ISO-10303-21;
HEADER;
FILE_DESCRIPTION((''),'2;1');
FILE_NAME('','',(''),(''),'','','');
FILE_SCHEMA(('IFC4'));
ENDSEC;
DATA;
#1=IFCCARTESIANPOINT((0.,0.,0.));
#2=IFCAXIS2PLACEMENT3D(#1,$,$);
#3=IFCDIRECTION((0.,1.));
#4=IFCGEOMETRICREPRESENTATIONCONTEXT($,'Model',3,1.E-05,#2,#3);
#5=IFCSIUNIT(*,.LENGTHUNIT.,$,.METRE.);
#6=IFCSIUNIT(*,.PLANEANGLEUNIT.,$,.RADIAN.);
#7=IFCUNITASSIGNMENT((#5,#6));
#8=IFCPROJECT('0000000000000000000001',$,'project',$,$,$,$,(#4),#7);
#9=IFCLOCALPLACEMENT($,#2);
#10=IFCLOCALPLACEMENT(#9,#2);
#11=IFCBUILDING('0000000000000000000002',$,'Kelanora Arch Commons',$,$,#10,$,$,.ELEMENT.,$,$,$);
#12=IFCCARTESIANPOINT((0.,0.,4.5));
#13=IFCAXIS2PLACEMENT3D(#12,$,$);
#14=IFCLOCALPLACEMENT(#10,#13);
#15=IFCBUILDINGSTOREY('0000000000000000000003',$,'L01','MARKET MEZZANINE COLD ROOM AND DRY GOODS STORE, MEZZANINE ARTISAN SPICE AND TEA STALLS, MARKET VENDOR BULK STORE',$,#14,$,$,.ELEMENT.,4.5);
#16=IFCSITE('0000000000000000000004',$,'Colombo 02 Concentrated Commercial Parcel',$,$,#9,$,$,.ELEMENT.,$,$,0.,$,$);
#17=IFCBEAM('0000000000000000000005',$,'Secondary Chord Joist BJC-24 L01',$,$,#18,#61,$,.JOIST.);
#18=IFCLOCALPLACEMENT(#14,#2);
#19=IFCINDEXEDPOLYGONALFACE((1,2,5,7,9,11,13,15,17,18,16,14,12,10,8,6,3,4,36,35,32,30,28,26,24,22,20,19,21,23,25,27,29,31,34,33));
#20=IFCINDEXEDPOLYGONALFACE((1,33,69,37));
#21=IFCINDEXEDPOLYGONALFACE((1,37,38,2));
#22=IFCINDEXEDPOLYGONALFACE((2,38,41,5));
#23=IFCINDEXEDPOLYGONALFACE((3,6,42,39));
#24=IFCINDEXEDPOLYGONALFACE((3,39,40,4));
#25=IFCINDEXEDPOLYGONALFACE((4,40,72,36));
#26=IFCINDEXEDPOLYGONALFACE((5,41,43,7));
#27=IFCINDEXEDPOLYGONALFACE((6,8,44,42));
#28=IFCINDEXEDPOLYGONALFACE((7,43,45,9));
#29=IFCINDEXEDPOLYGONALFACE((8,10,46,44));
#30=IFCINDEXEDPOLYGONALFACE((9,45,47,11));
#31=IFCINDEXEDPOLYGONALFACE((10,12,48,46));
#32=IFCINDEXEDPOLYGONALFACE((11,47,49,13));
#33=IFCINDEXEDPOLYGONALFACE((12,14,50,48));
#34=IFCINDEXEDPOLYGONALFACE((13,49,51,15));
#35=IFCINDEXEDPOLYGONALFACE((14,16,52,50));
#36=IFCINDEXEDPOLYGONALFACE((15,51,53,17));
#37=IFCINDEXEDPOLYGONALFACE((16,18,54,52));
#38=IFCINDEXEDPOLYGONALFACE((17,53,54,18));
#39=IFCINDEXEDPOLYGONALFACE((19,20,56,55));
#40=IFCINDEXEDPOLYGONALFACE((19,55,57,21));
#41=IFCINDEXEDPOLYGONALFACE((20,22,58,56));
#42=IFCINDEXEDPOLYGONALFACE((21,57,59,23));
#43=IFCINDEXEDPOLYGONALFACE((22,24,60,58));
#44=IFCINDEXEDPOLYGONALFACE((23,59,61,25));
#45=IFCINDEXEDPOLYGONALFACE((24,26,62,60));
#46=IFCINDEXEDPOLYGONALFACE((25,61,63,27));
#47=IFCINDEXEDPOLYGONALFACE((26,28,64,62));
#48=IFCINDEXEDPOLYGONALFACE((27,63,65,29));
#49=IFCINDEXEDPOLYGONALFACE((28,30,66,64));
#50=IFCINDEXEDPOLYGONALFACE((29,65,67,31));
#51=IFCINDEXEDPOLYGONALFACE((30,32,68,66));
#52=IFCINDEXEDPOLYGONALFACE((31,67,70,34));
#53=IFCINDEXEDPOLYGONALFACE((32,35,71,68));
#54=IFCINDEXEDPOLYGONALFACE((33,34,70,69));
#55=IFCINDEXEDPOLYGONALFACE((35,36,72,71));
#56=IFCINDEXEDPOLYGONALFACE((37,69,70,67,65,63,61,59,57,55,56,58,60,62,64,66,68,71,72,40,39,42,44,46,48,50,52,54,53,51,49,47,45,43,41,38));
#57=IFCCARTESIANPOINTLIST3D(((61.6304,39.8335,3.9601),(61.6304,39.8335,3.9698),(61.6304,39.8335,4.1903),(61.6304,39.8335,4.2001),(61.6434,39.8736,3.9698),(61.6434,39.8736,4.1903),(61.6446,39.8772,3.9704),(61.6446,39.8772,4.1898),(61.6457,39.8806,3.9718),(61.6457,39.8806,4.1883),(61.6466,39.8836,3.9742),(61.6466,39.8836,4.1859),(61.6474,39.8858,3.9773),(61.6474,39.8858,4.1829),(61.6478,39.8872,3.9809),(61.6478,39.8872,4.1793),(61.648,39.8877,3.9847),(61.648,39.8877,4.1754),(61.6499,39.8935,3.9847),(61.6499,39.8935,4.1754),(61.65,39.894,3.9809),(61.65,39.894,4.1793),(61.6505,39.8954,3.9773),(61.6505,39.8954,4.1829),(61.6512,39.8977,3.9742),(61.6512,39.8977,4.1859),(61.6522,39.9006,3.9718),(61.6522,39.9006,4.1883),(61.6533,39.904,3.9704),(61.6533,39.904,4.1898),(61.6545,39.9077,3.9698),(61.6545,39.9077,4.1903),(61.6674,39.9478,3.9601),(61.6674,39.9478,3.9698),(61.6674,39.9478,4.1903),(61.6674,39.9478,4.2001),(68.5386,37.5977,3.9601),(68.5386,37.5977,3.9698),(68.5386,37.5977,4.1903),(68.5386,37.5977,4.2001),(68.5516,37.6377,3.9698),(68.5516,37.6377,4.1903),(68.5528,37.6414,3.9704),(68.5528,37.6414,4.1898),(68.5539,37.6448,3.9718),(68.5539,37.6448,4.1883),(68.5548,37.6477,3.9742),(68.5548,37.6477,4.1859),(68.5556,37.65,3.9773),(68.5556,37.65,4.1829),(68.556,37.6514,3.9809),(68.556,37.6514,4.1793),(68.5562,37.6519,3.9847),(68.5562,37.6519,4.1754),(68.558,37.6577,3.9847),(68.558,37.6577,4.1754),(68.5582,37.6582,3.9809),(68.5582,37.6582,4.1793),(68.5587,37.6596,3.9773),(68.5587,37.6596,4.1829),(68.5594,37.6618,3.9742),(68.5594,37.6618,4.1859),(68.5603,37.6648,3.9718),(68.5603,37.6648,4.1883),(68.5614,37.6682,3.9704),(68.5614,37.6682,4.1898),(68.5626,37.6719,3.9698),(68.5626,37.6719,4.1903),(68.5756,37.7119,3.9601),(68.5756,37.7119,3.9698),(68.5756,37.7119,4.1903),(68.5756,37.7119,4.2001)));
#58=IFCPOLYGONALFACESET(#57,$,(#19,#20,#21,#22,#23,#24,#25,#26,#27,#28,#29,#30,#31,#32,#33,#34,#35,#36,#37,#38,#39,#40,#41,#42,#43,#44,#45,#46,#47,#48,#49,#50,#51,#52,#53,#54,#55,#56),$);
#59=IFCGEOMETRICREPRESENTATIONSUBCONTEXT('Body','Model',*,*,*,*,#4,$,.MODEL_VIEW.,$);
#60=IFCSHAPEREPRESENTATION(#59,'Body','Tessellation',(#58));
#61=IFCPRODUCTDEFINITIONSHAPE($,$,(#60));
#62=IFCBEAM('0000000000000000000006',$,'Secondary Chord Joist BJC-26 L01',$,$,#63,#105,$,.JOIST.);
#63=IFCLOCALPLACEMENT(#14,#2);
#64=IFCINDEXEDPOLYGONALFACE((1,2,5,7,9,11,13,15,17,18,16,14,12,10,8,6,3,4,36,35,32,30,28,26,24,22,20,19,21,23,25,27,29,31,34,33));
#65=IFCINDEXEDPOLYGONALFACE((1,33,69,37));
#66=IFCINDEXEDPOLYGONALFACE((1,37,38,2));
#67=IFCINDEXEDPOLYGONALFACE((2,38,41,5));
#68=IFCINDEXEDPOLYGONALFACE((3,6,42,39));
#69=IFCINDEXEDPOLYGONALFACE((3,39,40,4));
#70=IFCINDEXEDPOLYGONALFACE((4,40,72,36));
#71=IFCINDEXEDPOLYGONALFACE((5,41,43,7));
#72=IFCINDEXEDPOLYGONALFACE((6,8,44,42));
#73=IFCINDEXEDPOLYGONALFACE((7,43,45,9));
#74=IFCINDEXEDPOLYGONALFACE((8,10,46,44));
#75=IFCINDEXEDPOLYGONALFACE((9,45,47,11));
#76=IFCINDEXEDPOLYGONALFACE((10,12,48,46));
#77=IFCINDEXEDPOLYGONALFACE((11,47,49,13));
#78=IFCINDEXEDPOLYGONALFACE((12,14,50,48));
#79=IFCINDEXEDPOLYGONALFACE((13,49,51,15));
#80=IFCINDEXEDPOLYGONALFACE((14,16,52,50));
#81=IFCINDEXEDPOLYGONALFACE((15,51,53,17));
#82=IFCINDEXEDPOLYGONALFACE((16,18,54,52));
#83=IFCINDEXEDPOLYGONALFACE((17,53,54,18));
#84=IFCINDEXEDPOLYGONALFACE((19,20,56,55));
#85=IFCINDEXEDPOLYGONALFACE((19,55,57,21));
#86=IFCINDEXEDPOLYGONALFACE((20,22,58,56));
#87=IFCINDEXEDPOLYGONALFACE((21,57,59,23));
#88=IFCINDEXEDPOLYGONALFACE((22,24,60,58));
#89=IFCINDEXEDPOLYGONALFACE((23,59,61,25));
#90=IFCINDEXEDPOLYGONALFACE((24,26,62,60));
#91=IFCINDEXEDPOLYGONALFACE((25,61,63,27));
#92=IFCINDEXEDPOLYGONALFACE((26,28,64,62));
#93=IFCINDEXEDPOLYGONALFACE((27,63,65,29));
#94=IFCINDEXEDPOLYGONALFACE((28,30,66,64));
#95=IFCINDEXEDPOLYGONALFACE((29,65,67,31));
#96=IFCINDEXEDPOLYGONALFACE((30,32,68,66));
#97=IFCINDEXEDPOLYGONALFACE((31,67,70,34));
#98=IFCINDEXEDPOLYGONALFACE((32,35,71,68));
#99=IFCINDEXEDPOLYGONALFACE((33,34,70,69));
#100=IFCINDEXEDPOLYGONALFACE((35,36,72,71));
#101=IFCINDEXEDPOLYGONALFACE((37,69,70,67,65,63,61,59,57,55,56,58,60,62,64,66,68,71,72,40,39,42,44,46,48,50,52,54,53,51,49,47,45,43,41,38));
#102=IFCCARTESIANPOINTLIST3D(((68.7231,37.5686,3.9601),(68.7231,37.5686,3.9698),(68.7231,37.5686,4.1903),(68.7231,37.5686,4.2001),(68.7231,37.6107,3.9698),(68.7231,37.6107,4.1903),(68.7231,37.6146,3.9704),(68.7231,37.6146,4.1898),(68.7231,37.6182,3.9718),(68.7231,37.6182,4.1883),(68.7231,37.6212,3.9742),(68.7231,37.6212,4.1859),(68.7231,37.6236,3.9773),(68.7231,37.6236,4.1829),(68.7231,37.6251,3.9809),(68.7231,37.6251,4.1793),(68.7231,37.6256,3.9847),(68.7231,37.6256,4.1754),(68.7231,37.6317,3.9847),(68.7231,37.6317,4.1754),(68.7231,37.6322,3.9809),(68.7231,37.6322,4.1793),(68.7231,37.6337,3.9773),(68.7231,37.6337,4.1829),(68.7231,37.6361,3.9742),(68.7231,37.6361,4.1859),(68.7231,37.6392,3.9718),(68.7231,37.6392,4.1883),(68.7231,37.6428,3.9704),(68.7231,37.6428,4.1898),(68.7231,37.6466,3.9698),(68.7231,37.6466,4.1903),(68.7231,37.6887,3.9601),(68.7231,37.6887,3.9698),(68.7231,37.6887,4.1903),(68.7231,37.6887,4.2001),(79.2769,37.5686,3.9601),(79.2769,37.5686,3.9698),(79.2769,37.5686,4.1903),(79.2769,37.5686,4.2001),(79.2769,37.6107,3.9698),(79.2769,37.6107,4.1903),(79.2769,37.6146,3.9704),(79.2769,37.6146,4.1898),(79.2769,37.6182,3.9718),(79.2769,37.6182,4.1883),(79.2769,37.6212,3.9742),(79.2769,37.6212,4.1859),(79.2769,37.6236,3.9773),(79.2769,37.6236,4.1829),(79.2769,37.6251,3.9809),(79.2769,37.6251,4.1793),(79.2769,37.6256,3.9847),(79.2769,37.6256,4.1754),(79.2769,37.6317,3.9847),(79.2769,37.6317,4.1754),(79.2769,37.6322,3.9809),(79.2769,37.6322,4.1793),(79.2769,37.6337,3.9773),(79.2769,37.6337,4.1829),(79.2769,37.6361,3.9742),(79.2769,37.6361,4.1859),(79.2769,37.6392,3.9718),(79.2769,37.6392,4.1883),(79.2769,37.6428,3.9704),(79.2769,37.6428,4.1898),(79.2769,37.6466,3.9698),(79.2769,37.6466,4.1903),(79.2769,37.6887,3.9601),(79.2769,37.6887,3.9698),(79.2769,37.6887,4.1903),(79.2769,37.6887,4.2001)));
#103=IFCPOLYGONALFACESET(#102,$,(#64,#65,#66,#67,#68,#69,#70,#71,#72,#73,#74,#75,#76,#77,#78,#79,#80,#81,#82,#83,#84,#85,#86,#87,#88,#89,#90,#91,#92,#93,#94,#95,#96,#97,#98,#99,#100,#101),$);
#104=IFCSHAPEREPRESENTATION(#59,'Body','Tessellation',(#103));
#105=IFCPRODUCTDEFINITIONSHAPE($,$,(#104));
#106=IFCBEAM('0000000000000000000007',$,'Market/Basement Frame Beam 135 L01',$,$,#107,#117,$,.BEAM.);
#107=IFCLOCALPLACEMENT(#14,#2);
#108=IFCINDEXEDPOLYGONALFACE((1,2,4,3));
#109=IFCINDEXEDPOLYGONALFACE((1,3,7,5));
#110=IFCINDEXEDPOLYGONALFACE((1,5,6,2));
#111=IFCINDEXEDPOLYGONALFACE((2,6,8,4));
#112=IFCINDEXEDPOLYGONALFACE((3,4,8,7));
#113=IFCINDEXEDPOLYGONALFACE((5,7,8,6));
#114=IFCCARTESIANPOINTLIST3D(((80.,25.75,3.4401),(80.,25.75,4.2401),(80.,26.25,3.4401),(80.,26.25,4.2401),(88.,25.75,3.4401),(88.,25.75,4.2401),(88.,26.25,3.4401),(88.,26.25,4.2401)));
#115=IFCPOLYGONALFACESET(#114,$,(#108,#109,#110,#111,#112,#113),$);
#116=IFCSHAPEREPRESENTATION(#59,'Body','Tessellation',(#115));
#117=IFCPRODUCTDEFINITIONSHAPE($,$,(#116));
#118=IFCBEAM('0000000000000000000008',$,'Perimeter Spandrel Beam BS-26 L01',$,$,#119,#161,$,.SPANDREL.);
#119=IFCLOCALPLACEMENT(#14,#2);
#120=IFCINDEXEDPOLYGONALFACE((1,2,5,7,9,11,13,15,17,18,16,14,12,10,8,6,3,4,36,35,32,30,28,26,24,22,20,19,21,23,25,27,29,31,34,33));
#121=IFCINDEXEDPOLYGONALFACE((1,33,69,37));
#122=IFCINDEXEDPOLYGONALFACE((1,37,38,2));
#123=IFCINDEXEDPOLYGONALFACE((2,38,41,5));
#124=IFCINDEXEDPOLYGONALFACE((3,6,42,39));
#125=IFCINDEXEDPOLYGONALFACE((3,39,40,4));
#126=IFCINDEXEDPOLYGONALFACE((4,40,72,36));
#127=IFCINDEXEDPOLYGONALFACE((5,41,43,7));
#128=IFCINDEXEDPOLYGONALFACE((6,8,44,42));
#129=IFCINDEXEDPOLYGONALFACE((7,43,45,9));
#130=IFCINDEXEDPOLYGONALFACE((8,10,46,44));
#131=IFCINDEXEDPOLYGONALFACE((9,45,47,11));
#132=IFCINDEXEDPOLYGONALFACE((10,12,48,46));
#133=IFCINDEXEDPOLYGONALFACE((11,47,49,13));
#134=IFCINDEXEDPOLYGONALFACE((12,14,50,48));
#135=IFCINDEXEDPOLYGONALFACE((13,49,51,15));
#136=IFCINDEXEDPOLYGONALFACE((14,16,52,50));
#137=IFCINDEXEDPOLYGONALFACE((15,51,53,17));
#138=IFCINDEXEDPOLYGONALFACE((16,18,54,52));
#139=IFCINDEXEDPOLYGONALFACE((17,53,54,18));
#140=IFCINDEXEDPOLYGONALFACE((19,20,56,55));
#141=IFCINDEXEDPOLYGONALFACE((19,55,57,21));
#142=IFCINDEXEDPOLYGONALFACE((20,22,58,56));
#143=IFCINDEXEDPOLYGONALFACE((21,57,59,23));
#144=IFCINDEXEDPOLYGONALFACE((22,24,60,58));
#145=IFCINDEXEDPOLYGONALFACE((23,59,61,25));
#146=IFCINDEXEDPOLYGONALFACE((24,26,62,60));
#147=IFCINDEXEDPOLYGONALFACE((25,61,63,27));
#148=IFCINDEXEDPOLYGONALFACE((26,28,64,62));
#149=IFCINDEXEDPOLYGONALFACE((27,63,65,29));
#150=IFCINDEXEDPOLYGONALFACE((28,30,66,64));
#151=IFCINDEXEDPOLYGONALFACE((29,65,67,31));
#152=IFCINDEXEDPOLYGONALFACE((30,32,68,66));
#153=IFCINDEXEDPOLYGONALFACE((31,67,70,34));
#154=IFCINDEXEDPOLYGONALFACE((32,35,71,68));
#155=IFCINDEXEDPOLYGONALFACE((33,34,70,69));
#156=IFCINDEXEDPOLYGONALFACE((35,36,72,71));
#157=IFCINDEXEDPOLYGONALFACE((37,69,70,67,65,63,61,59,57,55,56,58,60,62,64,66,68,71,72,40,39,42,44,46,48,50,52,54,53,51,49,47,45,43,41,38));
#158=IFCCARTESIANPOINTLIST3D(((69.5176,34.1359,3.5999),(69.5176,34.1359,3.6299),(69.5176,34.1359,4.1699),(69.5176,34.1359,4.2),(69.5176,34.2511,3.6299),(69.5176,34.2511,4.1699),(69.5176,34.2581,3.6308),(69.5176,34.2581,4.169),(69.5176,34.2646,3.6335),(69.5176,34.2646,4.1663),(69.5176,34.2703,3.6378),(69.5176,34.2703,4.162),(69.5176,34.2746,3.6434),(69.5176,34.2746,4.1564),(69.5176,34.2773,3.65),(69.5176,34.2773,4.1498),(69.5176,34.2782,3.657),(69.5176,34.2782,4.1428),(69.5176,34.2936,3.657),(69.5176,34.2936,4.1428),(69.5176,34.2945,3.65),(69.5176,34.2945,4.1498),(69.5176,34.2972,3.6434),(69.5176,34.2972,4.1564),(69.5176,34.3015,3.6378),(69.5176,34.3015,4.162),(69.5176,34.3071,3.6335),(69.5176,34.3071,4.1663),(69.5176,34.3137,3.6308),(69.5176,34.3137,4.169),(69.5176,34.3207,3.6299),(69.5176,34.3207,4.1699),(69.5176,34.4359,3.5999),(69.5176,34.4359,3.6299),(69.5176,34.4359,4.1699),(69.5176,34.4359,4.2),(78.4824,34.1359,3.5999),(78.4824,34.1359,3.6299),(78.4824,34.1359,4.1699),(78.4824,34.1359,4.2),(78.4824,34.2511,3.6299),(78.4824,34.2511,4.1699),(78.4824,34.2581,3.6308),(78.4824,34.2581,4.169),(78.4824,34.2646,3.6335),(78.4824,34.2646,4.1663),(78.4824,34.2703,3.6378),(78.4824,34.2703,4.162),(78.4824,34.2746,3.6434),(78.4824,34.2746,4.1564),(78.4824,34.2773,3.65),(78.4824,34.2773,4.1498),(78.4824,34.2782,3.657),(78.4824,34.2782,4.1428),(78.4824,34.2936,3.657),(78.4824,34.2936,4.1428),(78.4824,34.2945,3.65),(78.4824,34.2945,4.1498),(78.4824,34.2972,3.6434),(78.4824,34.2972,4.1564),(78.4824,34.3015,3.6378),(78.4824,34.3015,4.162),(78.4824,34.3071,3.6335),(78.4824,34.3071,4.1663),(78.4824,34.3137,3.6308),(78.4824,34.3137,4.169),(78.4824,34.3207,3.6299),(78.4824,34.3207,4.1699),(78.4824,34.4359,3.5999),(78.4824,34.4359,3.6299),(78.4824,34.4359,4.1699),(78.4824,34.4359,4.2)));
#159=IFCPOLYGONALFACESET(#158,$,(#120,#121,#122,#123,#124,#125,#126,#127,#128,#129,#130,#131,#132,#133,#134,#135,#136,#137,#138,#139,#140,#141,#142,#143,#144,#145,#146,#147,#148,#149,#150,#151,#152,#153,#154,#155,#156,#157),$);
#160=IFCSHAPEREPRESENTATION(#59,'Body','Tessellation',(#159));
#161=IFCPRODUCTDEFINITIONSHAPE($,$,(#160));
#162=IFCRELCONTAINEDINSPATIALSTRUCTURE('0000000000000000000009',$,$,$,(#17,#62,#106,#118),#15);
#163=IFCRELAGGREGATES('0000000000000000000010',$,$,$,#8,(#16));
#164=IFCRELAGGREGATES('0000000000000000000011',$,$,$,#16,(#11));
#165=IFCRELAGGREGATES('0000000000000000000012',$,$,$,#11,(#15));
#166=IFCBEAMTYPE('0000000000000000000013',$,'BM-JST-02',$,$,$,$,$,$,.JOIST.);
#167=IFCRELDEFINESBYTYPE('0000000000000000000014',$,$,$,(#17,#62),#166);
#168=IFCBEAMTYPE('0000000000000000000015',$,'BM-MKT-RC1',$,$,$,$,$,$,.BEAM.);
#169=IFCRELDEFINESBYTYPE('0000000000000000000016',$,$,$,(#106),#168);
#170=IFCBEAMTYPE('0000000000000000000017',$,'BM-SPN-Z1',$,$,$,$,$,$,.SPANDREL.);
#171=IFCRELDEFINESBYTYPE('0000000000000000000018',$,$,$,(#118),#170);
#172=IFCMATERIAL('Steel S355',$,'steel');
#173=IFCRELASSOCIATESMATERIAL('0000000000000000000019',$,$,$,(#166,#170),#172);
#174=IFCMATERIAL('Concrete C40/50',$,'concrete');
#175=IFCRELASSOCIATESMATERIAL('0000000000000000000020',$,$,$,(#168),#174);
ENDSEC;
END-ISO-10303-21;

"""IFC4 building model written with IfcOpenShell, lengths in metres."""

from ifc_helpers import new_model, si_unit, direction, frame, origin, origin_2d, place, context, subcontext, project, spatial, rectangle, i_section, extrude, material, material_profile, profile_set, type_object, element, save


model = new_model("IFC4")

# Units and contexts
model_context = context("Model", 3, precision=1e-05, world=origin(), true_north=direction((0.0, 1.0)))
body_context = subcontext(model_context, "Body", "Model", "MODEL_VIEW")
ifc_project = project(units=[si_unit("LENGTHUNIT", "METRE"), si_unit("PLANEANGLEUNIT", "RADIAN")], contexts=[model_context])

# Site, building, storey
site_placement = place(None, origin())
site = spatial("IfcSite", under=ifc_project, at=site_placement, Name="Colombo 02 Concentrated Commercial Parcel", CompositionType="ELEMENT", RefElevation=0.0)
building_placement = place(site_placement, origin())
building = spatial("IfcBuilding", under=site, at=building_placement, Name="Kelanora Arch Commons", CompositionType="ELEMENT")
storey_placement = place(building_placement, frame((0.0, 0.0, 4.5)))
storey = spatial("IfcBuildingStorey", under=building, at=storey_placement, Name="L01", Description="MARKET MEZZANINE COLD ROOM AND DRY GOODS STORE, MEZZANINE ARTISAN SPICE AND TEA STALLS, MARKET VENDOR BULK STORE", CompositionType="ELEMENT", Elevation=4.5)

# Beams
ifc_material_1 = material(Name="Steel S355", Category="steel")
ifc_material_profile_1 = material_profile(ifc_material_1, i_section(OverallWidth=0.1201, OverallDepth=0.24, WebThickness=0.0061, FlangeThickness=0.0098, FilletRadius=0.0149, at=origin_2d()), Name="IPE240")
ifc_profile_set_1 = profile_set([ifc_material_profile_1], Name="Steel S355")
beam_type_1 = type_object("IfcBeamType", Name="BM-JST-02", PredefinedType="JOIST", material=ifc_profile_set_1)
beam_1_placement = place(storey_placement, frame((61.6489, 39.8906, 4.0801), z_axis=(0.951411, -0.307924, 0.0), x_axis=(0.307924, 0.951411, 0.0)))
element("IfcBeam", 1, at=beam_1_placement, inside=storey, type_object=beam_type_1, Name="Secondary Chord Joist BJC-24 L01", PredefinedType="JOIST", context=body_context, shape_type="SweptSolid", body=[
    extrude(i_section(OverallWidth=0.1201, OverallDepth=0.24, WebThickness=0.0061, FlangeThickness=0.0098, FilletRadius=0.0149, at=origin_2d()), origin(), (0.0, 0.0, 1.0), 7.261),
])
beam_2_placement = place(storey_placement, frame((68.7231, 37.6287, 4.0801), z_axis=(1.0, 0.0, 0.0), x_axis=(0.0, 1.0, 0.0)))
element("IfcBeam", 2, at=beam_2_placement, inside=storey, type_object=beam_type_1, Name="Secondary Chord Joist BJC-26 L01", PredefinedType="JOIST", context=body_context, shape_type="SweptSolid", body=[
    extrude(i_section(OverallWidth=0.1201, OverallDepth=0.24, WebThickness=0.0061, FlangeThickness=0.0098, FilletRadius=0.0149, at=origin_2d()), origin(), (0.0, 0.0, 1.0), 10.5537),
])
ifc_material_2 = material(Name="Concrete C40/50", Category="concrete")
ifc_material_profile_2 = material_profile(ifc_material_2, rectangle(XDim=0.5, YDim=0.8, at=origin_2d()), Name="RCB500x800")
ifc_profile_set_2 = profile_set([ifc_material_profile_2], Name="Concrete C40/50")
beam_type_2 = type_object("IfcBeamType", Name="BM-MKT-RC1", PredefinedType="BEAM", material=ifc_profile_set_2)
beam_3_placement = place(storey_placement, frame((80.0, 26.0, 3.8401), z_axis=(1.0, 0.0, 0.0), x_axis=(0.0, 1.0, 0.0)))
element("IfcBeam", 3, at=beam_3_placement, inside=storey, type_object=beam_type_2, Name="Market/Basement Frame Beam 135 L01", PredefinedType="BEAM", context=body_context, shape_type="SweptSolid", body=[
    extrude(rectangle(XDim=0.5, YDim=0.8, at=origin_2d()), origin(), (0.0, 0.0, 1.0), 8.0),
])
ifc_material_profile_3 = material_profile(ifc_material_1, i_section(OverallWidth=0.3, OverallDepth=0.6001, WebThickness=0.0154, FlangeThickness=0.03, FilletRadius=0.0271, at=origin_2d()), Name="HEB600")
ifc_profile_set_3 = profile_set([ifc_material_profile_3], Name="Steel S355")
beam_type_3 = type_object("IfcBeamType", Name="BM-SPN-Z1", PredefinedType="SPANDREL", material=ifc_profile_set_3)
beam_4_placement = place(storey_placement, frame((69.5176, 34.2859, 3.8999), z_axis=(1.0, 0.0, 0.0), x_axis=(0.0, 1.0, 0.0)))
element("IfcBeam", 4, at=beam_4_placement, inside=storey, type_object=beam_type_3, Name="Perimeter Spandrel Beam BS-26 L01", PredefinedType="SPANDREL", context=body_context, shape_type="SweptSolid", body=[
    extrude(i_section(OverallWidth=0.3, OverallDepth=0.6001, WebThickness=0.0154, FlangeThickness=0.03, FilletRadius=0.0271, at=origin_2d()), origin(), (0.0, 0.0, 1.0), 8.9648),
])

save(model, "model.ifc")
